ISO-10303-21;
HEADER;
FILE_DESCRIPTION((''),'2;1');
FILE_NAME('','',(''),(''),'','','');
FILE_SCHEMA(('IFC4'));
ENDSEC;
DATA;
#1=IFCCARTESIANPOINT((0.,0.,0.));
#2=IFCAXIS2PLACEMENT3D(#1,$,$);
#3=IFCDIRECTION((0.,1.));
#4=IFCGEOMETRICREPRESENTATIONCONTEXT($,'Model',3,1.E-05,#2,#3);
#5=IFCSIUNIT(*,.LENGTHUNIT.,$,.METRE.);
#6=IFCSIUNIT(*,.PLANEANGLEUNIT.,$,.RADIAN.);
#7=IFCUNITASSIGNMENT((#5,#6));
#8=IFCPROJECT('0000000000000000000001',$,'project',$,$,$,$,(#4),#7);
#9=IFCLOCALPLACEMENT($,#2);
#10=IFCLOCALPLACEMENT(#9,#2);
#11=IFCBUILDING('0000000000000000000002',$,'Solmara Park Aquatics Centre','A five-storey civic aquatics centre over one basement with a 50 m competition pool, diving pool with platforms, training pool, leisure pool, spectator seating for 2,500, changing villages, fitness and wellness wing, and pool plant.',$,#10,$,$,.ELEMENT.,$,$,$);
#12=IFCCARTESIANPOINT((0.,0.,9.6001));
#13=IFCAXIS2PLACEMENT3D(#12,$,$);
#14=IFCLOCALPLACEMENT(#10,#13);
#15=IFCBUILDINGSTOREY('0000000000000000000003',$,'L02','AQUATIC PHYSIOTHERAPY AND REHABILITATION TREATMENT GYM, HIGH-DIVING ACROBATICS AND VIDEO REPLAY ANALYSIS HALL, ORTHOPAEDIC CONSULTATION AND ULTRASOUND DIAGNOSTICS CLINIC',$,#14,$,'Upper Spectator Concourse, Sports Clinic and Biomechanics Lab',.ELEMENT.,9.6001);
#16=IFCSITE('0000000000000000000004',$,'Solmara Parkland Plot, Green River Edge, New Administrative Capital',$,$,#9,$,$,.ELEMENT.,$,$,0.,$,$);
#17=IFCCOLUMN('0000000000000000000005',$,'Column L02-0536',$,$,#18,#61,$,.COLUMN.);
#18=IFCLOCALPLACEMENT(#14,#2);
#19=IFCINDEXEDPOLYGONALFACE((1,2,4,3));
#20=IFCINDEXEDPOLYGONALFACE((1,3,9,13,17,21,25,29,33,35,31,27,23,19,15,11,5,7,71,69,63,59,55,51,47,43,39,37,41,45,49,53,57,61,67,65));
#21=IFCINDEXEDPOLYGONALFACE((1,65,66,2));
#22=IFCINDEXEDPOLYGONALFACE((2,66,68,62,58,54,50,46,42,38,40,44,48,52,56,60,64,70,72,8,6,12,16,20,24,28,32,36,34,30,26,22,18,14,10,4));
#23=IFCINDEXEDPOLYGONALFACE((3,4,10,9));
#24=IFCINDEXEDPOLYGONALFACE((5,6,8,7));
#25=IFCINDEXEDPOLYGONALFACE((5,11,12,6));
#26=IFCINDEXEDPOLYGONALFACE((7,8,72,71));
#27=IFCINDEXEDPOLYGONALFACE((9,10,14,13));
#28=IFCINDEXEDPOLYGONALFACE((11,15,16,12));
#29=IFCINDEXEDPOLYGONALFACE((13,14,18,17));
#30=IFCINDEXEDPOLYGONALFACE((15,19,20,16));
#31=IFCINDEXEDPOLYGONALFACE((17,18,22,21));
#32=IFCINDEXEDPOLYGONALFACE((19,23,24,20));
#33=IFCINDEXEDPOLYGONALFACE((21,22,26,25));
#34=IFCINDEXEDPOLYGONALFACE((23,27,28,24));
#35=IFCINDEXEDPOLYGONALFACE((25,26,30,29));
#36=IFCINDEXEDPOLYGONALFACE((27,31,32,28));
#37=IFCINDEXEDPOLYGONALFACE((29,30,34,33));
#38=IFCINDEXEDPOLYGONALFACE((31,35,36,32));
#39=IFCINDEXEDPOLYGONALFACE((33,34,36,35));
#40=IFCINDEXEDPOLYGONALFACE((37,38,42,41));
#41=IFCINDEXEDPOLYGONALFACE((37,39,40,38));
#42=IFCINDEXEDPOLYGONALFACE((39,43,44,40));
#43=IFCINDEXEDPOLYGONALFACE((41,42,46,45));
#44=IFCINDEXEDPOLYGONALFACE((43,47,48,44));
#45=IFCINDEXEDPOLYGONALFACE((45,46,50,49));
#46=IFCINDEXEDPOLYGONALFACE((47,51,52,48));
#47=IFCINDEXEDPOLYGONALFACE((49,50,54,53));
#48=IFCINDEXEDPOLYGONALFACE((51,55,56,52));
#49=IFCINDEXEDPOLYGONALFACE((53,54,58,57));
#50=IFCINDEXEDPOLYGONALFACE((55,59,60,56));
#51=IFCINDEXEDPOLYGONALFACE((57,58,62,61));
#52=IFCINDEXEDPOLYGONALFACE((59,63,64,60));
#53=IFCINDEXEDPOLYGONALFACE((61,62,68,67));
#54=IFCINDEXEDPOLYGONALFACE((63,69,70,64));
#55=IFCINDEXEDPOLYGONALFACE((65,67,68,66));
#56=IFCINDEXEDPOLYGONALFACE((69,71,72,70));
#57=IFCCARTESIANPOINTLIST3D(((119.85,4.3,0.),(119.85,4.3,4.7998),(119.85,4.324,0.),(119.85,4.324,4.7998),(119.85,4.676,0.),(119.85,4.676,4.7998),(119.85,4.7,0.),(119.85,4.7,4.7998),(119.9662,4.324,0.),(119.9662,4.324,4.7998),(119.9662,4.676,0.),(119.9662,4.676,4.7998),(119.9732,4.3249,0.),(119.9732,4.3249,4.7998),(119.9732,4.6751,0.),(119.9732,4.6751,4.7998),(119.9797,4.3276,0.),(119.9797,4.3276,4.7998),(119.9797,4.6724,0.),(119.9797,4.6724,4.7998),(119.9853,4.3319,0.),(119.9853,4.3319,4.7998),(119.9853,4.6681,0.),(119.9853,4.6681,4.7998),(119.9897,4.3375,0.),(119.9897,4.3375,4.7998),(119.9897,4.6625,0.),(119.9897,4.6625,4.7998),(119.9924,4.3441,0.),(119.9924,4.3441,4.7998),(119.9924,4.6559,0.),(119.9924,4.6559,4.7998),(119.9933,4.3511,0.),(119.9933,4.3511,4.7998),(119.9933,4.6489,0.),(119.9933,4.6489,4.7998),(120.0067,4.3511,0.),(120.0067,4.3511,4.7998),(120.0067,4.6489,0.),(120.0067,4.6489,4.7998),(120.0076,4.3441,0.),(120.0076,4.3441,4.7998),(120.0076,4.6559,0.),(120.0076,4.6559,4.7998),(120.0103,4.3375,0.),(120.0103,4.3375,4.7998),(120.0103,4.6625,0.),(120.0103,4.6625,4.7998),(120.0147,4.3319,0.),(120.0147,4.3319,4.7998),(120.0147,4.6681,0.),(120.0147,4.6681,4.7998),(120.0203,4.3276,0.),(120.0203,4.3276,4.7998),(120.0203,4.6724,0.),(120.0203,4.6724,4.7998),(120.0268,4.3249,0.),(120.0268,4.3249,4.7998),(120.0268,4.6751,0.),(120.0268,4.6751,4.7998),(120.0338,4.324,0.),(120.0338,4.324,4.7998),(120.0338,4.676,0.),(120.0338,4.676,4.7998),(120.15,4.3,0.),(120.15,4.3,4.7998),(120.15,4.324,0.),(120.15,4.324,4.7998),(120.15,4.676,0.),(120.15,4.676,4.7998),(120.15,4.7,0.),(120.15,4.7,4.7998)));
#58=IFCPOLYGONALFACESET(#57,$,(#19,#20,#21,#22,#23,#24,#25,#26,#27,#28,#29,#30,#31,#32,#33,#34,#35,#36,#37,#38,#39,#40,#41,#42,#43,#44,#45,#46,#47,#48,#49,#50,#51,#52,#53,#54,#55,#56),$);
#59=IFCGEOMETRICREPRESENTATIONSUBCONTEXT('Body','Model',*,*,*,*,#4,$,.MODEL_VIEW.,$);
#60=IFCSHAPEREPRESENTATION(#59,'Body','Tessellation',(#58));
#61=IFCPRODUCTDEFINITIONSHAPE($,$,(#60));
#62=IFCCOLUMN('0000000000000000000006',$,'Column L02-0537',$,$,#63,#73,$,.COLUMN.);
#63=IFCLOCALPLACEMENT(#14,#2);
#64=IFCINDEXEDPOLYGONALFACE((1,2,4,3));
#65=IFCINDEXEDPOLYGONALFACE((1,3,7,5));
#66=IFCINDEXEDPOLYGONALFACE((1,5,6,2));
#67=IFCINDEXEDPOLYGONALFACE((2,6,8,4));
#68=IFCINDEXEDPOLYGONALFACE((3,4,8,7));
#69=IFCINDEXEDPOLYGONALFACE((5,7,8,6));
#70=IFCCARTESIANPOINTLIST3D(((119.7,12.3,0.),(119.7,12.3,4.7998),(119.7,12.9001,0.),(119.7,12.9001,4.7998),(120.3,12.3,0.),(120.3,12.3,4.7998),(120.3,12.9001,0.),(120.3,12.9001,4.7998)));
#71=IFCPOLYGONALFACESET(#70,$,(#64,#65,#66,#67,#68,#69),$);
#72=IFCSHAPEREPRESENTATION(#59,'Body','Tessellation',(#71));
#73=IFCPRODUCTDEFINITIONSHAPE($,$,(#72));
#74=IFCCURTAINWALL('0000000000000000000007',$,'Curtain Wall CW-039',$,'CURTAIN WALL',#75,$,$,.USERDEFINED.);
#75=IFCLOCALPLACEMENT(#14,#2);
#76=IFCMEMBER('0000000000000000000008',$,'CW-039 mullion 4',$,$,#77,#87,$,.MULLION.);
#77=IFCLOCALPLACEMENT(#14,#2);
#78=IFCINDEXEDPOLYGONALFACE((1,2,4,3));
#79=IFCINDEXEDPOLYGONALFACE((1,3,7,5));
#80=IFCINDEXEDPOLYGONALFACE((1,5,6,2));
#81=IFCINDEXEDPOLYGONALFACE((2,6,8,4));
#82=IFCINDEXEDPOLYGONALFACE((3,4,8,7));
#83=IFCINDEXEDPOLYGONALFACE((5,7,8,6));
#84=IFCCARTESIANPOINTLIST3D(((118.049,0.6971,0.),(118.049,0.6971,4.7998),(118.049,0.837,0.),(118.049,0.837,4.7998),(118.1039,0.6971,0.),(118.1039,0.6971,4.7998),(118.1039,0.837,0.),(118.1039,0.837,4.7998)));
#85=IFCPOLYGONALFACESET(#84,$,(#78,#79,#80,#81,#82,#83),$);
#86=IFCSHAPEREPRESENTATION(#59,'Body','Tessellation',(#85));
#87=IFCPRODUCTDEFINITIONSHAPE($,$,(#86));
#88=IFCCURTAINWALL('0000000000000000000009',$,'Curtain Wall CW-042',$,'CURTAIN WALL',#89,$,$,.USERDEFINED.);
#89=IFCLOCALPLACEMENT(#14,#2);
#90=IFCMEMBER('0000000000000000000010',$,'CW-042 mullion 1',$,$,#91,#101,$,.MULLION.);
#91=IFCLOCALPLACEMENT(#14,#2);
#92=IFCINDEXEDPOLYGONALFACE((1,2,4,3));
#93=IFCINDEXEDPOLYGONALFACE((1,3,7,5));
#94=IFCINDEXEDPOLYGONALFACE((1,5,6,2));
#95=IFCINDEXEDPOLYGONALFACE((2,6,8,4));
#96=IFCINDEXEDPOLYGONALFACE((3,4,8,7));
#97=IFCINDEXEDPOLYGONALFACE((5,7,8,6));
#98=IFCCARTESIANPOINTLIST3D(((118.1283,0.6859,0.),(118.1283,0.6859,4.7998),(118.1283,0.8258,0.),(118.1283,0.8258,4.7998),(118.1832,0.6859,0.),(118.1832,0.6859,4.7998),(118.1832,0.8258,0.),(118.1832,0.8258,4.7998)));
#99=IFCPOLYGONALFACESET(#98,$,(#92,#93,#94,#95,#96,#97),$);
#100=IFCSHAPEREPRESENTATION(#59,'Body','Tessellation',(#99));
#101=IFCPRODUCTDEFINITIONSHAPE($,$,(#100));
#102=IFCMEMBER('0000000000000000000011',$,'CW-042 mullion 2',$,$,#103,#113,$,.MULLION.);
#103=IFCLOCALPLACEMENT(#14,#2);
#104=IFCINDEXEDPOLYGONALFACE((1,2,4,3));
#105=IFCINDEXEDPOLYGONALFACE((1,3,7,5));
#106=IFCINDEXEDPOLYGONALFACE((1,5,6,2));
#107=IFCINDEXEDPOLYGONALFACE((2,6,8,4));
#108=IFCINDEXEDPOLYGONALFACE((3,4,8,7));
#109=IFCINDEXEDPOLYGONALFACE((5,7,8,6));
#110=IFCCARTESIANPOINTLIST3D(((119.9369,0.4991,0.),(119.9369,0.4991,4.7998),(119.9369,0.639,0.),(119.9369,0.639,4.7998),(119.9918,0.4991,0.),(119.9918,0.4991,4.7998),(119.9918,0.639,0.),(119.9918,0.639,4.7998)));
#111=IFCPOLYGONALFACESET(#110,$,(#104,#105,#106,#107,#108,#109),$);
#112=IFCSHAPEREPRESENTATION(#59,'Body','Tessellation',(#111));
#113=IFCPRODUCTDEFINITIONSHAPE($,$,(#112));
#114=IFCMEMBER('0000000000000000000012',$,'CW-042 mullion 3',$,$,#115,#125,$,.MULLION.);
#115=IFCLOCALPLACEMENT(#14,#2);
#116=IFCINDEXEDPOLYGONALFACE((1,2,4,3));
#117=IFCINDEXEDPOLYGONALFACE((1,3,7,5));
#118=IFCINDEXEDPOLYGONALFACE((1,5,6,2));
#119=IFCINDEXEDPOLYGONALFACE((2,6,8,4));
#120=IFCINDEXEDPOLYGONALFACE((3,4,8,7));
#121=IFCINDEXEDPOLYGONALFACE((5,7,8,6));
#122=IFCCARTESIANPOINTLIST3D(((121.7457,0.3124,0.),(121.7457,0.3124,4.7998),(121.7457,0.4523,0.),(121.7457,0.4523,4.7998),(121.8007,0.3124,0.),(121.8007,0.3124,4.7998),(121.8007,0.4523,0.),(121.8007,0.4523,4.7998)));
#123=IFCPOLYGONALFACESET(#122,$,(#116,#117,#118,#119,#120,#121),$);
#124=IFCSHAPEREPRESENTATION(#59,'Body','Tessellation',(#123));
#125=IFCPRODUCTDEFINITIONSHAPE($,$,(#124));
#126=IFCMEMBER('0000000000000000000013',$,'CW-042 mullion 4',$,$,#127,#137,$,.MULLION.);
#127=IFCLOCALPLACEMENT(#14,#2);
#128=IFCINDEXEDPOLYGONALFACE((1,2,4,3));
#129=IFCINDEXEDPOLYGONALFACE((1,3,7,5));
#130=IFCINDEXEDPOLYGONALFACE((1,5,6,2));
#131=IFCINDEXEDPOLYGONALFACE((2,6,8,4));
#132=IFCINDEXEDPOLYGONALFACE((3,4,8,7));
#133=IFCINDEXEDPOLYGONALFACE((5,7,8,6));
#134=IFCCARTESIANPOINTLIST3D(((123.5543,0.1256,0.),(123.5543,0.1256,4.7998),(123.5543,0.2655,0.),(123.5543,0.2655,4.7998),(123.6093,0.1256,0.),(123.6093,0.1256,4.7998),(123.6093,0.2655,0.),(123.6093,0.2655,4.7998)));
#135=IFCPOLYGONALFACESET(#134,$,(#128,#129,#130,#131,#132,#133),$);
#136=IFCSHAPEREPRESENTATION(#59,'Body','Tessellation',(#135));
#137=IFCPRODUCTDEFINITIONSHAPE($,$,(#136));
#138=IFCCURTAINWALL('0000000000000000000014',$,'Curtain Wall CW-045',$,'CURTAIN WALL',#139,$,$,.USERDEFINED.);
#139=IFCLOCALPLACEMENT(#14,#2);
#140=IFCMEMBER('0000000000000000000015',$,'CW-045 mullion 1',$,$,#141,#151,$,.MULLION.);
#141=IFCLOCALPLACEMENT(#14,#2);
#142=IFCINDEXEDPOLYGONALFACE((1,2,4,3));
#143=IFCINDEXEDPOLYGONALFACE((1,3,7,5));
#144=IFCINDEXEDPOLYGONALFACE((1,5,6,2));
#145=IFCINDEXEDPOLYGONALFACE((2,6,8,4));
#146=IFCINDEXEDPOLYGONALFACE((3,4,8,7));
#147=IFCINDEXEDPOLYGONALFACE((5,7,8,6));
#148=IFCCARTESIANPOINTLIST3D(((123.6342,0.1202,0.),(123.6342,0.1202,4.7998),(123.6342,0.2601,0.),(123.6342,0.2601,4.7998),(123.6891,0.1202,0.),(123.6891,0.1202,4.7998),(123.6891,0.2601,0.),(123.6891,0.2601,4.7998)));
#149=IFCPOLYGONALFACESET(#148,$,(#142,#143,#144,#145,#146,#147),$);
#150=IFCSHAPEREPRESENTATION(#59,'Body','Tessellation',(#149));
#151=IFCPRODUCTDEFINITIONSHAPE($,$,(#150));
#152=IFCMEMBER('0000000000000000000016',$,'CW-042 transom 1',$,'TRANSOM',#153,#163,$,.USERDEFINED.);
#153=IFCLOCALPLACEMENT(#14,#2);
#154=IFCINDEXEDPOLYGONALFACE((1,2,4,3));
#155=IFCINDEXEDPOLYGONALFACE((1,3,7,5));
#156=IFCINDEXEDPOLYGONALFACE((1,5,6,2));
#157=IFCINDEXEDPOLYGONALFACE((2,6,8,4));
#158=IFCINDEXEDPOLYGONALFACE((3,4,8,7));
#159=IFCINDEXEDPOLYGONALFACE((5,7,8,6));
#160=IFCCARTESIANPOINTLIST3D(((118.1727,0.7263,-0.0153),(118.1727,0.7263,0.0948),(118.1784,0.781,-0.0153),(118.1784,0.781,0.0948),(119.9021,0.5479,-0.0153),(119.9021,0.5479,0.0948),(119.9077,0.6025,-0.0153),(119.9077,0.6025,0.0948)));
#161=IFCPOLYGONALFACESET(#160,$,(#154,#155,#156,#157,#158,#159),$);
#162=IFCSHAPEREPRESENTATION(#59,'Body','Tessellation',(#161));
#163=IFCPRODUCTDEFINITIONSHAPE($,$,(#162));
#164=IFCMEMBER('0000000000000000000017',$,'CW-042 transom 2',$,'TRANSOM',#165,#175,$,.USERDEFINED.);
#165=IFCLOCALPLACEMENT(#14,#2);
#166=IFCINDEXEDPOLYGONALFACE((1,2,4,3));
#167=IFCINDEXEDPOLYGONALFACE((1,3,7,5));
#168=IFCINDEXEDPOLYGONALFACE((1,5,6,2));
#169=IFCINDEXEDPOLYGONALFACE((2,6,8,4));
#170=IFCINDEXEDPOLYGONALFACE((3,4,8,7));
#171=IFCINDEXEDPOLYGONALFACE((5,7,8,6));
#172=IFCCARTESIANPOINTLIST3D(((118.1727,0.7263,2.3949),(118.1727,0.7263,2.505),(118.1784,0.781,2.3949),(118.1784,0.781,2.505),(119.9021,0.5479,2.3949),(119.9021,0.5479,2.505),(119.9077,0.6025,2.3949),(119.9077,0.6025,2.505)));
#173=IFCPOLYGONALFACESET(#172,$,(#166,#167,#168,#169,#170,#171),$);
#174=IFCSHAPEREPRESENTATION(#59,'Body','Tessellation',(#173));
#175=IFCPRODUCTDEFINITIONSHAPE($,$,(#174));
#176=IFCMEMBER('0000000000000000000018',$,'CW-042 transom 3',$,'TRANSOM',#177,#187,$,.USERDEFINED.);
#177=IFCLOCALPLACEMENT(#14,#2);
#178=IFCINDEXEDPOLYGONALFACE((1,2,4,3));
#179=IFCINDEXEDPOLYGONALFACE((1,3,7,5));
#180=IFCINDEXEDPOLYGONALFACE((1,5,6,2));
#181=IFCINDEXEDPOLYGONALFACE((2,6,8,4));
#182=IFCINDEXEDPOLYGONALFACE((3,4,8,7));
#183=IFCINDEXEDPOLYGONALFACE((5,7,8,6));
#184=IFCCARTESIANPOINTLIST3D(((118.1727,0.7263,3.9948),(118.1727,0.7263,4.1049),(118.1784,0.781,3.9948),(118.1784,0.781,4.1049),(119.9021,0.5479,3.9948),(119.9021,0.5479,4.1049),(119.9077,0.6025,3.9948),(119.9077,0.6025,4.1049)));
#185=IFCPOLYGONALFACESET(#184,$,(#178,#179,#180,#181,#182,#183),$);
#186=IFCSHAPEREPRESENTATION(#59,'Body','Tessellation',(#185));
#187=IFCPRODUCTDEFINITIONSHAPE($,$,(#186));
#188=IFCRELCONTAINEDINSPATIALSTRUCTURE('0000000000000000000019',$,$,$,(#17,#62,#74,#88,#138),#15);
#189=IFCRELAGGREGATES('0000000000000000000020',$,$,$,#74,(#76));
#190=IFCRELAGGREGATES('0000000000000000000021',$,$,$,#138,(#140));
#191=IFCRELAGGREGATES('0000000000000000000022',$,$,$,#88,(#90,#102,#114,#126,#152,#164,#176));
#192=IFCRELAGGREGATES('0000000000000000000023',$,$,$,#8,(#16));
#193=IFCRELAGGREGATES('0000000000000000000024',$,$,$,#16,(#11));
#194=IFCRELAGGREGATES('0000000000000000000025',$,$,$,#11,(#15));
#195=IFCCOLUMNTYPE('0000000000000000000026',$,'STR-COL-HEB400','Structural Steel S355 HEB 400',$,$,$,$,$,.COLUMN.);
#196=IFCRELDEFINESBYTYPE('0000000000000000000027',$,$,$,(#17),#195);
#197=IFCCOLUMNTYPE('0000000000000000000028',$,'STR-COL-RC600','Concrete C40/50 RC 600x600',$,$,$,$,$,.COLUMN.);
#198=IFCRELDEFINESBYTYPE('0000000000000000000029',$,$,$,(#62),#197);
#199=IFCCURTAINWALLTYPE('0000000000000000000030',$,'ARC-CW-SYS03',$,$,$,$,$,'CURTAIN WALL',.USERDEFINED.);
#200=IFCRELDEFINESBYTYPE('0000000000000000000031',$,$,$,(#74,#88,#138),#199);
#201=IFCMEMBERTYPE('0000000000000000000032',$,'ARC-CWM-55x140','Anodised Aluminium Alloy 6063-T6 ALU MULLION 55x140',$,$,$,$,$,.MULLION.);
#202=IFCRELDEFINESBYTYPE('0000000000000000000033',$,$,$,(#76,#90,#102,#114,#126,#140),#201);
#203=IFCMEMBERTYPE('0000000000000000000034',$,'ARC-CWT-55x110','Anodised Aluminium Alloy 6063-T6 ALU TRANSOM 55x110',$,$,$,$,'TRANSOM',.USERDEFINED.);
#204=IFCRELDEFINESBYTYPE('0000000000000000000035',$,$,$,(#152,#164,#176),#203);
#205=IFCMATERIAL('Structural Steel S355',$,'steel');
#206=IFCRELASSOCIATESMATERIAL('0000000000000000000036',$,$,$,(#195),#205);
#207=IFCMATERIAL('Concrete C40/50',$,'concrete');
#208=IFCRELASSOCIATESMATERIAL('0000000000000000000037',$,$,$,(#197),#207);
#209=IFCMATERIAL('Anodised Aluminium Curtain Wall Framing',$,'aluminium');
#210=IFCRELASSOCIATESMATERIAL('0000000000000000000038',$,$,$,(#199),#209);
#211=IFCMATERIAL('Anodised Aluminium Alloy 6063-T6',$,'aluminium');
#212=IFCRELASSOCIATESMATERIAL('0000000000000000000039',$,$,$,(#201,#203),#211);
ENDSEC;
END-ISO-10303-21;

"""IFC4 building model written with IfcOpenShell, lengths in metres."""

from ifc_helpers import new_model, si_unit, direction, frame, origin, origin_2d, place, context, subcontext, project, spatial, rectangle, i_section, extrude, material, material_profile, profile_set, type_object, element, aggregate, save


model = new_model("IFC4")

# Units and contexts
model_context = context("Model", 3, precision=1e-05, world=origin(), true_north=direction((0.0, 1.0)))
body_context = subcontext(model_context, "Body", "Model", "MODEL_VIEW")
ifc_project = project(units=[si_unit("LENGTHUNIT", "METRE"), si_unit("PLANEANGLEUNIT", "RADIAN")], contexts=[model_context])

# Site, building, storey
site_placement = place(None, origin())
site = spatial("IfcSite", under=ifc_project, at=site_placement, Name="Solmara Parkland Plot, Green River Edge, New Administrative Capital", CompositionType="ELEMENT", RefElevation=0.0)
building_placement = place(site_placement, origin())
building = spatial("IfcBuilding", under=site, at=building_placement, Name="Solmara Park Aquatics Centre", Description="A five-storey civic aquatics centre over one basement with a 50 m competition pool, diving pool with platforms, training pool, leisure pool, spectator seating for 2,500, changing villages, fitness and wellness wing, and pool plant.", CompositionType="ELEMENT")
storey_placement = place(building_placement, frame((0.0, 0.0, 9.6001)))
storey = spatial("IfcBuildingStorey", under=building, at=storey_placement, Name="L02", Description="AQUATIC PHYSIOTHERAPY AND REHABILITATION TREATMENT GYM, HIGH-DIVING ACROBATICS AND VIDEO REPLAY ANALYSIS HALL, ORTHOPAEDIC CONSULTATION AND ULTRASOUND DIAGNOSTICS CLINIC", LongName="Upper Spectator Concourse, Sports Clinic and Biomechanics Lab", CompositionType="ELEMENT", Elevation=9.6001)

# Columns
ifc_material_1 = material(Name="Structural Steel S355", Category="steel")
ifc_material_profile_1 = material_profile(ifc_material_1, i_section(OverallWidth=0.3, OverallDepth=0.3999, WebThickness=0.0134, FlangeThickness=0.0239, FilletRadius=0.0271, at=origin_2d()), Name="HEB 400")
ifc_profile_set_1 = profile_set([ifc_material_profile_1], Name="Structural Steel S355")
column_type_1 = type_object("IfcColumnType", Name="STR-COL-HEB400", Description="Structural Steel S355 HEB 400", PredefinedType="COLUMN", material=ifc_profile_set_1)
column_1_placement = place(storey_placement, frame((120.0, 4.5, 0.0), z_axis=(0.0, 0.0, 1.0), x_axis=(1.0, 0.0, 0.0)))
element("IfcColumn", 1, at=column_1_placement, inside=storey, type_object=column_type_1, Name="Column L02-0536", PredefinedType="COLUMN", context=body_context, shape_type="SweptSolid", body=[
    extrude(i_section(OverallWidth=0.3, OverallDepth=0.3999, WebThickness=0.0134, FlangeThickness=0.0239, FilletRadius=0.0271, at=origin_2d()), origin(), (0.0, 0.0, 1.0), 4.7998),
])
ifc_material_2 = material(Name="Concrete C40/50", Category="concrete")
ifc_material_profile_2 = material_profile(ifc_material_2, rectangle(XDim=0.6001, YDim=0.6001, at=origin_2d()), Name="RC 600x600")
ifc_profile_set_2 = profile_set([ifc_material_profile_2], Name="Concrete C40/50")
column_type_2 = type_object("IfcColumnType", Name="STR-COL-RC600", Description="Concrete C40/50 RC 600x600", PredefinedType="COLUMN", material=ifc_profile_set_2)
column_2_placement = place(storey_placement, frame((120.0, 12.6001, 0.0), z_axis=(0.0, 0.0, 1.0), x_axis=(1.0, 0.0, 0.0)))
element("IfcColumn", 2, at=column_2_placement, inside=storey, type_object=column_type_2, Name="Column L02-0537", PredefinedType="COLUMN", context=body_context, shape_type="SweptSolid", body=[
    extrude(rectangle(XDim=0.6001, YDim=0.6001, at=origin_2d()), origin(), (0.0, 0.0, 1.0), 4.7998),
])

# Curtain wall, member
ifc_material_3 = material(Name="Anodised Aluminium Curtain Wall Framing", Category="aluminium")
curtain_wall_type = type_object("IfcCurtainWallType", Name="ARC-CW-SYS03", ElementType="CURTAIN WALL", PredefinedType="USERDEFINED", material=ifc_material_3)
curtain_wall_1_placement = place(storey_placement, origin())
curtain_wall_1 = element("IfcCurtainWall", 3, at=curtain_wall_1_placement, inside=storey, type_object=curtain_wall_type, Name="Curtain Wall CW-039", ObjectType="CURTAIN WALL", PredefinedType="USERDEFINED")
ifc_material_4 = material(Name="Anodised Aluminium Alloy 6063-T6", Category="aluminium")
ifc_material_profile_3 = material_profile(ifc_material_4, rectangle(XDim=0.0549, YDim=0.1399, at=origin_2d()), Name="ALU MULLION 55x140")
ifc_profile_set_3 = profile_set([ifc_material_profile_3], Name="Anodised Aluminium Alloy 6063-T6")
member_type_1 = type_object("IfcMemberType", Name="ARC-CWM-55x140", Description="Anodised Aluminium Alloy 6063-T6 ALU MULLION 55x140", PredefinedType="MULLION", material=ifc_profile_set_3)
member_1_placement = place(storey_placement, frame((118.0764, 0.7671, 0.0), z_axis=(0.0, 0.0, 1.0), x_axis=(1.0, 0.0, 0.0)))
member_1 = element("IfcMember", 4, at=member_1_placement, type_object=member_type_1, Name="CW-039 mullion 4", PredefinedType="MULLION", context=body_context, shape_type="SweptSolid", body=[
    extrude(rectangle(XDim=0.0549, YDim=0.1399, at=origin_2d()), origin(), (0.0, 0.0, 1.0), 4.7998),
])
aggregate(curtain_wall_1, [member_1])

# Curtain wall, members
curtain_wall_2_placement = place(storey_placement, origin())
curtain_wall_2 = element("IfcCurtainWall", 5, at=curtain_wall_2_placement, inside=storey, type_object=curtain_wall_type, Name="Curtain Wall CW-042", ObjectType="CURTAIN WALL", PredefinedType="USERDEFINED")
member_2_placement = place(storey_placement, frame((118.1558, 0.7559, 0.0), z_axis=(0.0, 0.0, 1.0), x_axis=(1.0, 0.0, 0.0)))
member_2 = element("IfcMember", 6, at=member_2_placement, type_object=member_type_1, Name="CW-042 mullion 1", PredefinedType="MULLION", context=body_context, shape_type="SweptSolid", body=[
    extrude(rectangle(XDim=0.0549, YDim=0.1399, at=origin_2d()), origin(), (0.0, 0.0, 1.0), 4.7998),
])
member_3_placement = place(storey_placement, frame((119.9644, 0.5691, 0.0), z_axis=(0.0, 0.0, 1.0), x_axis=(1.0, 0.0, 0.0)))
member_3 = element("IfcMember", 7, at=member_3_placement, type_object=member_type_1, Name="CW-042 mullion 2", PredefinedType="MULLION", context=body_context, shape_type="SweptSolid", body=[
    extrude(rectangle(XDim=0.0549, YDim=0.1399, at=origin_2d()), origin(), (0.0, 0.0, 1.0), 4.7998),
])
member_4_placement = place(storey_placement, frame((121.7732, 0.3823, 0.0), z_axis=(0.0, 0.0, 1.0), x_axis=(1.0, 0.0, 0.0)))
member_4 = element("IfcMember", 8, at=member_4_placement, type_object=member_type_1, Name="CW-042 mullion 3", PredefinedType="MULLION", context=body_context, shape_type="SweptSolid", body=[
    extrude(rectangle(XDim=0.0549, YDim=0.1399, at=origin_2d()), origin(), (0.0, 0.0, 1.0), 4.7998),
])
member_5_placement = place(storey_placement, frame((123.5818, 0.1956, 0.0), z_axis=(0.0, 0.0, 1.0), x_axis=(1.0, 0.0, 0.0)))
member_5 = element("IfcMember", 9, at=member_5_placement, type_object=member_type_1, Name="CW-042 mullion 4", PredefinedType="MULLION", context=body_context, shape_type="SweptSolid", body=[
    extrude(rectangle(XDim=0.0549, YDim=0.1399, at=origin_2d()), origin(), (0.0, 0.0, 1.0), 4.7998),
])

# Curtain wall, member
curtain_wall_3_placement = place(storey_placement, origin())
curtain_wall_3 = element("IfcCurtainWall", 10, at=curtain_wall_3_placement, inside=storey, type_object=curtain_wall_type, Name="Curtain Wall CW-045", ObjectType="CURTAIN WALL", PredefinedType="USERDEFINED")
member_6_placement = place(storey_placement, frame((123.6616, 0.1902, 0.0), z_axis=(0.0, 0.0, 1.0), x_axis=(1.0, 0.0, 0.0)))
member_6 = element("IfcMember", 11, at=member_6_placement, type_object=member_type_1, Name="CW-045 mullion 1", PredefinedType="MULLION", context=body_context, shape_type="SweptSolid", body=[
    extrude(rectangle(XDim=0.0549, YDim=0.1399, at=origin_2d()), origin(), (0.0, 0.0, 1.0), 4.7998),
])

# Members
ifc_material_profile_4 = material_profile(ifc_material_4, rectangle(XDim=0.0549, YDim=0.1101, at=origin_2d()), Name="ALU TRANSOM 55x110")
ifc_profile_set_4 = profile_set([ifc_material_profile_4], Name="Anodised Aluminium Alloy 6063-T6")
member_type_2 = type_object("IfcMemberType", Name="ARC-CWT-55x110", Description="Anodised Aluminium Alloy 6063-T6 ALU TRANSOM 55x110", ElementType="TRANSOM", PredefinedType="USERDEFINED", material=ifc_profile_set_4)
member_7_placement = place(storey_placement, frame((118.1755, 0.7537, 0.0398), z_axis=(0.994717, -0.10266, 0.0), x_axis=(0.10266, 0.994717, 0.0)))
member_7 = element("IfcMember", 12, at=member_7_placement, type_object=member_type_2, Name="CW-042 transom 1", ObjectType="TRANSOM", PredefinedType="USERDEFINED", context=body_context, shape_type="SweptSolid", body=[
    extrude(rectangle(XDim=0.0549, YDim=0.1101, at=origin_2d()), origin(), (0.0, 0.0, 1.0), 1.7385),
])
member_8_placement = place(storey_placement, frame((118.1755, 0.7537, 2.45), z_axis=(0.994717, -0.10266, 0.0), x_axis=(0.10266, 0.994717, 0.0)))
member_8 = element("IfcMember", 13, at=member_8_placement, type_object=member_type_2, Name="CW-042 transom 2", ObjectType="TRANSOM", PredefinedType="USERDEFINED", context=body_context, shape_type="SweptSolid", body=[
    extrude(rectangle(XDim=0.0549, YDim=0.1101, at=origin_2d()), origin(), (0.0, 0.0, 1.0), 1.7385),
])
member_9_placement = place(storey_placement, frame((118.1755, 0.7537, 4.0498), z_axis=(0.994717, -0.10266, 0.0), x_axis=(0.10266, 0.994717, 0.0)))
member_9 = element("IfcMember", 14, at=member_9_placement, type_object=member_type_2, Name="CW-042 transom 3", ObjectType="TRANSOM", PredefinedType="USERDEFINED", context=body_context, shape_type="SweptSolid", body=[
    extrude(rectangle(XDim=0.0549, YDim=0.1101, at=origin_2d()), origin(), (0.0, 0.0, 1.0), 1.7385),
])
aggregate(curtain_wall_3, [member_6])

aggregate(curtain_wall_2, [member_2, member_3, member_4, member_5, member_7, member_8, member_9])

save(model, "model.ifc")
